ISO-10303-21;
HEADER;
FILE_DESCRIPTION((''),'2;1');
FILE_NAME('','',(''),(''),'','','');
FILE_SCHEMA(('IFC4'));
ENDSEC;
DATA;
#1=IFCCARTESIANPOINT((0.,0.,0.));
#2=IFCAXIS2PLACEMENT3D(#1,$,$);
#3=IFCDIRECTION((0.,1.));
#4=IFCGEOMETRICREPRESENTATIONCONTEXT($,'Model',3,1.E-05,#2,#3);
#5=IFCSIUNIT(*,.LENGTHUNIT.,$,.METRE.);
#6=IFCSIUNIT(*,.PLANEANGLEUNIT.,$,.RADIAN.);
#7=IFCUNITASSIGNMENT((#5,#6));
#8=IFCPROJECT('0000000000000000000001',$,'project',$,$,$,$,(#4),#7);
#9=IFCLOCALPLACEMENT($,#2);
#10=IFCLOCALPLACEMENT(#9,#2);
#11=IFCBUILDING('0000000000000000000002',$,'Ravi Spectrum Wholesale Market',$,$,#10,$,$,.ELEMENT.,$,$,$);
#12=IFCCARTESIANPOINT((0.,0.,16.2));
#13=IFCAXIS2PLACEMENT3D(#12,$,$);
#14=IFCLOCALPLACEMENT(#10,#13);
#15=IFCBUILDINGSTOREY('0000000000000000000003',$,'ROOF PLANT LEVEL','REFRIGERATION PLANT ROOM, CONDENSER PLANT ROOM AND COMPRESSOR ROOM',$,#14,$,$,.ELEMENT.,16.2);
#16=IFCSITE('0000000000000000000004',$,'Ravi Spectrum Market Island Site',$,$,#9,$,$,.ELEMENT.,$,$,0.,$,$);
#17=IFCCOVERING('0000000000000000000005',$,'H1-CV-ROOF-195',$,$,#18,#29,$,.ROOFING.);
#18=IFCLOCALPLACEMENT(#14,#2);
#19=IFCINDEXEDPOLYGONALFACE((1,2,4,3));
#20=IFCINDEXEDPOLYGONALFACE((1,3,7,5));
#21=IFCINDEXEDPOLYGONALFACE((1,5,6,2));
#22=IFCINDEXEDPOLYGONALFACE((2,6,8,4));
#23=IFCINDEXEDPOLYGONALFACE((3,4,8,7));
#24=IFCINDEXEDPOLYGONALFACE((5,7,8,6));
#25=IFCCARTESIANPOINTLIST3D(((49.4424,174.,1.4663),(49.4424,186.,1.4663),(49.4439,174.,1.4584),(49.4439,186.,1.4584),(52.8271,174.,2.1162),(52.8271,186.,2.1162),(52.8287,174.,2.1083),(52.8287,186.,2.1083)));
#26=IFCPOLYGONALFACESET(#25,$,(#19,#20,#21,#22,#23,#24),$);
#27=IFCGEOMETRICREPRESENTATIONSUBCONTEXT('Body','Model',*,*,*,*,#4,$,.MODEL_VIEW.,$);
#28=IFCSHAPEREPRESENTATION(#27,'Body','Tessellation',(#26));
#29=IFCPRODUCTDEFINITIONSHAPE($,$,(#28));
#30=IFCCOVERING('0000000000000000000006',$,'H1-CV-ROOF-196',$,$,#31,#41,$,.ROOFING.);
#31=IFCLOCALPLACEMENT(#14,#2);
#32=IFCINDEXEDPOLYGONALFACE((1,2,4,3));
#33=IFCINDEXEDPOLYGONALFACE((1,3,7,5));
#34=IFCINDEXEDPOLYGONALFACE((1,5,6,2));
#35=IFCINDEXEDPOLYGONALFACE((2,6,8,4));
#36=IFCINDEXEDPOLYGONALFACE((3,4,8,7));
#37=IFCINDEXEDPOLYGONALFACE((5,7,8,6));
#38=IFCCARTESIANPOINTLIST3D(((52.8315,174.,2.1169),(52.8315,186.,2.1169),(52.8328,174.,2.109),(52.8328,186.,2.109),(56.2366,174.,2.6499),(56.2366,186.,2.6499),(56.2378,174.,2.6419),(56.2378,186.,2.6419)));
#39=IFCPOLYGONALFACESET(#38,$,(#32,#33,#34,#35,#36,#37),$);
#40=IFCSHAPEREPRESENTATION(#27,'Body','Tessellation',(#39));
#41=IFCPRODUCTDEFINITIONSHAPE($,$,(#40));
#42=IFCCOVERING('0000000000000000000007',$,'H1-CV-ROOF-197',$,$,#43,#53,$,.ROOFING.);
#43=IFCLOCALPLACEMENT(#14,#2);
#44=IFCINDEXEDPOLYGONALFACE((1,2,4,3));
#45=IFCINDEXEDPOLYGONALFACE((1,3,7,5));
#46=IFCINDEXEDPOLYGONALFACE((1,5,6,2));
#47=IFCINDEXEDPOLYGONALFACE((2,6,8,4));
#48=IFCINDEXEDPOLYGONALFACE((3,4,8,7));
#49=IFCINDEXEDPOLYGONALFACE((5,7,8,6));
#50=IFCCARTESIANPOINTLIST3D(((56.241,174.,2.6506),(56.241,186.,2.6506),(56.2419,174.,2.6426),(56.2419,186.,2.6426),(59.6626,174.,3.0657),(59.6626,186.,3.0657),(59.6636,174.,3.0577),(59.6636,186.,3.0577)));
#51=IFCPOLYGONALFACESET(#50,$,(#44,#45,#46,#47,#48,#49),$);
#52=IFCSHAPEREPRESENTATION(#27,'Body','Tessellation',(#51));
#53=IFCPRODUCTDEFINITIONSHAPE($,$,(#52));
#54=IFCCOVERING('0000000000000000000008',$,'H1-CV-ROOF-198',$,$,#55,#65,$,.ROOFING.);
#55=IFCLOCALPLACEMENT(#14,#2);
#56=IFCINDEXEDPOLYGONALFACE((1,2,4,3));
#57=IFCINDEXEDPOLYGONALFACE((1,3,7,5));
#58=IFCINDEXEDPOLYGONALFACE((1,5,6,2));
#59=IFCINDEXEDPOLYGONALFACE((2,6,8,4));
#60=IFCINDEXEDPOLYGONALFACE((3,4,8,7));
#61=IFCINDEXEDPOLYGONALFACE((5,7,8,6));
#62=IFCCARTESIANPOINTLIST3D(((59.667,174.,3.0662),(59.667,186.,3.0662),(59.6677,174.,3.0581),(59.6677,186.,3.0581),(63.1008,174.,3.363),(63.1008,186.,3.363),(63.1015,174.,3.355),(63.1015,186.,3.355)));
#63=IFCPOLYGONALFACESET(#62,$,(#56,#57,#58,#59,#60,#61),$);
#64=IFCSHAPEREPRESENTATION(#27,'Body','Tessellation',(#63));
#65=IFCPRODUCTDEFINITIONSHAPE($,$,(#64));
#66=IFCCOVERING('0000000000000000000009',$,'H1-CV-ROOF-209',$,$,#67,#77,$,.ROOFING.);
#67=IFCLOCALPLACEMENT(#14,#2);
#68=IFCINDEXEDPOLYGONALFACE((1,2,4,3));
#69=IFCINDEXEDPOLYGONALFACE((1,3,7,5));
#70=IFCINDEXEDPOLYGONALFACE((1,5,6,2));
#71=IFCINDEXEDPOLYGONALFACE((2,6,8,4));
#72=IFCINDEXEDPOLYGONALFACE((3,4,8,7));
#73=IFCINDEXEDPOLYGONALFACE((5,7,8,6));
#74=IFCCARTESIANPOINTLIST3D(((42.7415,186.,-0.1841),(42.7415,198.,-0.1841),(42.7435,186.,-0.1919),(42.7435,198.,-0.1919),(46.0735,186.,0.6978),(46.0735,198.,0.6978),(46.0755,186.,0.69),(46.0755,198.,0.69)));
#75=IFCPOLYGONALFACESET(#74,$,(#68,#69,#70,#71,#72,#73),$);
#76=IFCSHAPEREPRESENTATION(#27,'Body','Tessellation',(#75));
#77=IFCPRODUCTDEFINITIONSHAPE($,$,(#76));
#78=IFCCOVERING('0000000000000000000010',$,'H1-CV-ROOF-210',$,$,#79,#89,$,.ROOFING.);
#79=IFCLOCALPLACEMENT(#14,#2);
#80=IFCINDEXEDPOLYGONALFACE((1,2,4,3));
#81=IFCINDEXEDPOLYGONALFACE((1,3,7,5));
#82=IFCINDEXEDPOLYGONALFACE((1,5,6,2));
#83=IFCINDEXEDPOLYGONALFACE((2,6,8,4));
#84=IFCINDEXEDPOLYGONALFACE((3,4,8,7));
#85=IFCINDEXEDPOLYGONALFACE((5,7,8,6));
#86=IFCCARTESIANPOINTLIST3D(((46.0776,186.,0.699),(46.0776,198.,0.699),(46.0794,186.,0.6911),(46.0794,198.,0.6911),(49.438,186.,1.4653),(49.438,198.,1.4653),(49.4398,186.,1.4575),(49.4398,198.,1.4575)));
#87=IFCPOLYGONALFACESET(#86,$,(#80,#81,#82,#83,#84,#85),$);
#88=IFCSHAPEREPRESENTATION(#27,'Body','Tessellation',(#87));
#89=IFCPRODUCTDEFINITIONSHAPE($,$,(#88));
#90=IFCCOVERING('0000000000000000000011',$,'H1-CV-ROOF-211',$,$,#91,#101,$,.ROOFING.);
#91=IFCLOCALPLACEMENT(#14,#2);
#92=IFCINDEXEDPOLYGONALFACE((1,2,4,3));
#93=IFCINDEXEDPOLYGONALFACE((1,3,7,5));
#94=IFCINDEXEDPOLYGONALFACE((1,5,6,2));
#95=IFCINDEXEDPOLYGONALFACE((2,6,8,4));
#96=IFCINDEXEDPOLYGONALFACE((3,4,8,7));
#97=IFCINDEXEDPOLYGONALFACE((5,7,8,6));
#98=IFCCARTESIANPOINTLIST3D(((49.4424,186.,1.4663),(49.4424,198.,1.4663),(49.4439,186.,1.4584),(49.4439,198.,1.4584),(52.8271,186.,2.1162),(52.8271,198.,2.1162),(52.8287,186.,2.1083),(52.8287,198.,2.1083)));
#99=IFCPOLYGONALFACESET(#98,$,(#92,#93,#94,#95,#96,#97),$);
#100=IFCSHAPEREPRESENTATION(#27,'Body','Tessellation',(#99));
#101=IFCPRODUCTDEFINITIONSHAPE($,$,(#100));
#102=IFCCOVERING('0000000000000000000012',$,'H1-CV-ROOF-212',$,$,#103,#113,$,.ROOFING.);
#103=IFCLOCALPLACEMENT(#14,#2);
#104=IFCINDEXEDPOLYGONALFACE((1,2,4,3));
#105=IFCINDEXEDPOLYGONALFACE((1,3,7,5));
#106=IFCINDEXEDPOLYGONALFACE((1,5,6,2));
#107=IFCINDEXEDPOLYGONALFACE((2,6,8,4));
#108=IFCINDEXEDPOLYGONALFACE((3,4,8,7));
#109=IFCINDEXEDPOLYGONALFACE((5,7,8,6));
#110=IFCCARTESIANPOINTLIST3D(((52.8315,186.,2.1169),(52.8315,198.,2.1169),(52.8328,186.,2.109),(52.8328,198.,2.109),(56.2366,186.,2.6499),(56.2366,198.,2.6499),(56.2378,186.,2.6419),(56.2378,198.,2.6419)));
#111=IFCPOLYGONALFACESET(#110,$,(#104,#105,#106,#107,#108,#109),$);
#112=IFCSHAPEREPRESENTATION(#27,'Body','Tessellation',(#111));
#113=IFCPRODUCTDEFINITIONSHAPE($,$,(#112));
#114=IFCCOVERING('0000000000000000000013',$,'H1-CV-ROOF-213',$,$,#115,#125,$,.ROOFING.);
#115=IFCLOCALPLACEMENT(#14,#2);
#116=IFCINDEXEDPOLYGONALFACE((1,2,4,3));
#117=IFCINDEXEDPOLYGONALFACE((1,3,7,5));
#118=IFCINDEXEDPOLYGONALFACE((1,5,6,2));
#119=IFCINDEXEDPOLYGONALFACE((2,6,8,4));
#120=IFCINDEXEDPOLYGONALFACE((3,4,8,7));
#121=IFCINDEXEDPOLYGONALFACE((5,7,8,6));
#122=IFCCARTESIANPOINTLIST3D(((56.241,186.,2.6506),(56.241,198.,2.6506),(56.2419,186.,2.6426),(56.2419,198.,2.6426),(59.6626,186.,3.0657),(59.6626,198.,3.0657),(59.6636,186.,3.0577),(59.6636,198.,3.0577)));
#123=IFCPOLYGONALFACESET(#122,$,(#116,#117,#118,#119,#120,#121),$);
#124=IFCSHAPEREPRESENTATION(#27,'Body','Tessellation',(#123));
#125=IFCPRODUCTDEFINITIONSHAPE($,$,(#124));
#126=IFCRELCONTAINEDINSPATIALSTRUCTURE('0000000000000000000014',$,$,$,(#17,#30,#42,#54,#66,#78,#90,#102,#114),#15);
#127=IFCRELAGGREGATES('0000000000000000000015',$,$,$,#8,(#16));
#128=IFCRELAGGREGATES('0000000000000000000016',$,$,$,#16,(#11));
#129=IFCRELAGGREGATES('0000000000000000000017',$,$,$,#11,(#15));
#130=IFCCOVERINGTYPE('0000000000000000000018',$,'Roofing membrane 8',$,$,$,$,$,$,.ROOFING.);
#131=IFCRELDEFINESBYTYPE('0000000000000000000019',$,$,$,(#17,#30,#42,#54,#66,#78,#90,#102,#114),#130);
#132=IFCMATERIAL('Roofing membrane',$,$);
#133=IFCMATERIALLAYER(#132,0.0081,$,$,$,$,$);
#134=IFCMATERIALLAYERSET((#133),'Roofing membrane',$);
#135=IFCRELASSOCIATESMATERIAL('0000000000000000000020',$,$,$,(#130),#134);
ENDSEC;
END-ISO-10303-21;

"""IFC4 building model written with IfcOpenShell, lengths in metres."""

from ifc_helpers import new_model, si_unit, direction, frame, origin, place, context, subcontext, project, spatial, polyline, outline, extrude, material, layer, layer_set, type_object, element, save


model = new_model("IFC4")

# Units and contexts
model_context = context("Model", 3, precision=1e-05, world=origin(), true_north=direction((0.0, 1.0)))
body_context = subcontext(model_context, "Body", "Model", "MODEL_VIEW")
ifc_project = project(units=[si_unit("LENGTHUNIT", "METRE"), si_unit("PLANEANGLEUNIT", "RADIAN")], contexts=[model_context])

# Site, building, storey
site_placement = place(None, origin())
site = spatial("IfcSite", under=ifc_project, at=site_placement, Name="Ravi Spectrum Market Island Site", CompositionType="ELEMENT", RefElevation=0.0)
building_placement = place(site_placement, origin())
building = spatial("IfcBuilding", under=site, at=building_placement, Name="Ravi Spectrum Wholesale Market", CompositionType="ELEMENT")
storey_placement = place(building_placement, frame((0.0, 0.0, 16.2)))
storey = spatial("IfcBuildingStorey", under=building, at=storey_placement, Name="ROOF PLANT LEVEL", Description="REFRIGERATION PLANT ROOM, CONDENSER PLANT ROOM AND COMPRESSOR ROOM", CompositionType="ELEMENT", Elevation=16.2)

# Coverings
ifc_material_1 = material(Name="Roofing membrane")
ifc_layer_1 = layer(ifc_material_1, 0.0081)
ifc_layer_set_1 = layer_set([ifc_layer_1], Name="Roofing membrane")
covering_type = type_object("IfcCoveringType", Name="Roofing membrane 8", PredefinedType="ROOFING", material=ifc_layer_set_1)
covering_1_placement = place(storey_placement, frame((49.4424, 174.0, 1.4663), z_axis=(-0.188564, 0.0, 0.982061), x_axis=(0.982061, 0.0, 0.188564)))
element("IfcCovering", 1, at=covering_1_placement, inside=storey, type_object=covering_type, Name="H1-CV-ROOF-195", PredefinedType="ROOFING", context=body_context, shape_type="SweptSolid", body=[
    extrude(outline(polyline([(0.0, 0.0), (3.4466, 0.0), (3.4466, 12.0), (0.0, 12.0), (0.0, 0.0)])), origin(), (0.0, 0.0, -1.0), 0.0081),
])
covering_2_placement = place(storey_placement, frame((52.8315, 174.0, 2.1169), z_axis=(-0.154638, 0.0, 0.987971), x_axis=(0.987971, 0.0, 0.154638)))
element("IfcCovering", 2, at=covering_2_placement, inside=storey, type_object=covering_type, Name="H1-CV-ROOF-196", PredefinedType="ROOFING", context=body_context, shape_type="SweptSolid", body=[
    extrude(outline(polyline([(0.0, 0.0), (3.4465, 0.0), (3.4465, 12.0), (0.0, 12.0), (0.0, 0.0)])), origin(), (0.0, 0.0, -1.0), 0.0081),
])
covering_3_placement = place(storey_placement, frame((56.241, 174.0, 2.6506), z_axis=(-0.120416, 0.0, 0.992724), x_axis=(0.992724, 0.0, 0.120416)))
element("IfcCovering", 3, at=covering_3_placement, inside=storey, type_object=covering_type, Name="H1-CV-ROOF-197", PredefinedType="ROOFING", context=body_context, shape_type="SweptSolid", body=[
    extrude(outline(polyline([(0.0, 0.0), (3.4467, 0.0), (3.4467, 12.0), (0.0, 12.0), (0.0, 0.0)])), origin(), (0.0, 0.0, -1.0), 0.0081),
])
covering_4_placement = place(storey_placement, frame((59.667, 174.0, 3.0662), z_axis=(-0.086134, 0.0, 0.996284), x_axis=(0.996284, 0.0, 0.086134)))
element("IfcCovering", 4, at=covering_4_placement, inside=storey, type_object=covering_type, Name="H1-CV-ROOF-198", PredefinedType="ROOFING", context=body_context, shape_type="SweptSolid", body=[
    extrude(outline(polyline([(0.0, 0.0), (3.4466, 0.0), (3.4466, 12.0), (0.0, 12.0), (0.0, 0.0)])), origin(), (0.0, 0.0, -1.0), 0.0081),
])
covering_5_placement = place(storey_placement, frame((42.7415, 186.0, -0.1841), z_axis=(-0.255846, 0.0, 0.966718), x_axis=(0.966718, 0.0, 0.255846)))
element("IfcCovering", 5, at=covering_5_placement, inside=storey, type_object=covering_type, Name="H1-CV-ROOF-209", PredefinedType="ROOFING", context=body_context, shape_type="SweptSolid", body=[
    extrude(outline(polyline([(0.0, 0.0), (3.4467, 0.0), (3.4467, 12.0), (0.0, 12.0), (0.0, 0.0)])), origin(), (0.0, 0.0, -1.0), 0.0081),
])
covering_6_placement = place(storey_placement, frame((46.0776, 186.0, 0.699), z_axis=(-0.22235, 0.0, 0.974967), x_axis=(0.974967, 0.0, 0.22235)))
element("IfcCovering", 6, at=covering_6_placement, inside=storey, type_object=covering_type, Name="H1-CV-ROOF-210", PredefinedType="ROOFING", context=body_context, shape_type="SweptSolid", body=[
    extrude(outline(polyline([(0.0, 0.0), (3.4466, 0.0), (3.4466, 12.0), (0.0, 12.0), (0.0, 0.0)])), origin(), (0.0, 0.0, -1.0), 0.0081),
])
covering_7_placement = place(storey_placement, frame((49.4424, 186.0, 1.4663), z_axis=(-0.188564, 0.0, 0.982061), x_axis=(0.982061, 0.0, 0.188564)))
element("IfcCovering", 7, at=covering_7_placement, inside=storey, type_object=covering_type, Name="H1-CV-ROOF-211", PredefinedType="ROOFING", context=body_context, shape_type="SweptSolid", body=[
    extrude(outline(polyline([(0.0, 0.0), (3.4466, 0.0), (3.4466, 12.0), (0.0, 12.0), (0.0, 0.0)])), origin(), (0.0, 0.0, -1.0), 0.0081),
])
covering_8_placement = place(storey_placement, frame((52.8315, 186.0, 2.1169), z_axis=(-0.154638, 0.0, 0.987971), x_axis=(0.987971, 0.0, 0.154638)))
element("IfcCovering", 8, at=covering_8_placement, inside=storey, type_object=covering_type, Name="H1-CV-ROOF-212", PredefinedType="ROOFING", context=body_context, shape_type="SweptSolid", body=[
    extrude(outline(polyline([(0.0, 0.0), (3.4465, 0.0), (3.4465, 12.0), (0.0, 12.0), (0.0, 0.0)])), origin(), (0.0, 0.0, -1.0), 0.0081),
])
covering_9_placement = place(storey_placement, frame((56.241, 186.0, 2.6506), z_axis=(-0.120416, 0.0, 0.992724), x_axis=(0.992724, 0.0, 0.120416)))
element("IfcCovering", 9, at=covering_9_placement, inside=storey, type_object=covering_type, Name="H1-CV-ROOF-213", PredefinedType="ROOFING", context=body_context, shape_type="SweptSolid", body=[
    extrude(outline(polyline([(0.0, 0.0), (3.4467, 0.0), (3.4467, 12.0), (0.0, 12.0), (0.0, 0.0)])), origin(), (0.0, 0.0, -1.0), 0.0081),
])

save(model, "model.ifc")
